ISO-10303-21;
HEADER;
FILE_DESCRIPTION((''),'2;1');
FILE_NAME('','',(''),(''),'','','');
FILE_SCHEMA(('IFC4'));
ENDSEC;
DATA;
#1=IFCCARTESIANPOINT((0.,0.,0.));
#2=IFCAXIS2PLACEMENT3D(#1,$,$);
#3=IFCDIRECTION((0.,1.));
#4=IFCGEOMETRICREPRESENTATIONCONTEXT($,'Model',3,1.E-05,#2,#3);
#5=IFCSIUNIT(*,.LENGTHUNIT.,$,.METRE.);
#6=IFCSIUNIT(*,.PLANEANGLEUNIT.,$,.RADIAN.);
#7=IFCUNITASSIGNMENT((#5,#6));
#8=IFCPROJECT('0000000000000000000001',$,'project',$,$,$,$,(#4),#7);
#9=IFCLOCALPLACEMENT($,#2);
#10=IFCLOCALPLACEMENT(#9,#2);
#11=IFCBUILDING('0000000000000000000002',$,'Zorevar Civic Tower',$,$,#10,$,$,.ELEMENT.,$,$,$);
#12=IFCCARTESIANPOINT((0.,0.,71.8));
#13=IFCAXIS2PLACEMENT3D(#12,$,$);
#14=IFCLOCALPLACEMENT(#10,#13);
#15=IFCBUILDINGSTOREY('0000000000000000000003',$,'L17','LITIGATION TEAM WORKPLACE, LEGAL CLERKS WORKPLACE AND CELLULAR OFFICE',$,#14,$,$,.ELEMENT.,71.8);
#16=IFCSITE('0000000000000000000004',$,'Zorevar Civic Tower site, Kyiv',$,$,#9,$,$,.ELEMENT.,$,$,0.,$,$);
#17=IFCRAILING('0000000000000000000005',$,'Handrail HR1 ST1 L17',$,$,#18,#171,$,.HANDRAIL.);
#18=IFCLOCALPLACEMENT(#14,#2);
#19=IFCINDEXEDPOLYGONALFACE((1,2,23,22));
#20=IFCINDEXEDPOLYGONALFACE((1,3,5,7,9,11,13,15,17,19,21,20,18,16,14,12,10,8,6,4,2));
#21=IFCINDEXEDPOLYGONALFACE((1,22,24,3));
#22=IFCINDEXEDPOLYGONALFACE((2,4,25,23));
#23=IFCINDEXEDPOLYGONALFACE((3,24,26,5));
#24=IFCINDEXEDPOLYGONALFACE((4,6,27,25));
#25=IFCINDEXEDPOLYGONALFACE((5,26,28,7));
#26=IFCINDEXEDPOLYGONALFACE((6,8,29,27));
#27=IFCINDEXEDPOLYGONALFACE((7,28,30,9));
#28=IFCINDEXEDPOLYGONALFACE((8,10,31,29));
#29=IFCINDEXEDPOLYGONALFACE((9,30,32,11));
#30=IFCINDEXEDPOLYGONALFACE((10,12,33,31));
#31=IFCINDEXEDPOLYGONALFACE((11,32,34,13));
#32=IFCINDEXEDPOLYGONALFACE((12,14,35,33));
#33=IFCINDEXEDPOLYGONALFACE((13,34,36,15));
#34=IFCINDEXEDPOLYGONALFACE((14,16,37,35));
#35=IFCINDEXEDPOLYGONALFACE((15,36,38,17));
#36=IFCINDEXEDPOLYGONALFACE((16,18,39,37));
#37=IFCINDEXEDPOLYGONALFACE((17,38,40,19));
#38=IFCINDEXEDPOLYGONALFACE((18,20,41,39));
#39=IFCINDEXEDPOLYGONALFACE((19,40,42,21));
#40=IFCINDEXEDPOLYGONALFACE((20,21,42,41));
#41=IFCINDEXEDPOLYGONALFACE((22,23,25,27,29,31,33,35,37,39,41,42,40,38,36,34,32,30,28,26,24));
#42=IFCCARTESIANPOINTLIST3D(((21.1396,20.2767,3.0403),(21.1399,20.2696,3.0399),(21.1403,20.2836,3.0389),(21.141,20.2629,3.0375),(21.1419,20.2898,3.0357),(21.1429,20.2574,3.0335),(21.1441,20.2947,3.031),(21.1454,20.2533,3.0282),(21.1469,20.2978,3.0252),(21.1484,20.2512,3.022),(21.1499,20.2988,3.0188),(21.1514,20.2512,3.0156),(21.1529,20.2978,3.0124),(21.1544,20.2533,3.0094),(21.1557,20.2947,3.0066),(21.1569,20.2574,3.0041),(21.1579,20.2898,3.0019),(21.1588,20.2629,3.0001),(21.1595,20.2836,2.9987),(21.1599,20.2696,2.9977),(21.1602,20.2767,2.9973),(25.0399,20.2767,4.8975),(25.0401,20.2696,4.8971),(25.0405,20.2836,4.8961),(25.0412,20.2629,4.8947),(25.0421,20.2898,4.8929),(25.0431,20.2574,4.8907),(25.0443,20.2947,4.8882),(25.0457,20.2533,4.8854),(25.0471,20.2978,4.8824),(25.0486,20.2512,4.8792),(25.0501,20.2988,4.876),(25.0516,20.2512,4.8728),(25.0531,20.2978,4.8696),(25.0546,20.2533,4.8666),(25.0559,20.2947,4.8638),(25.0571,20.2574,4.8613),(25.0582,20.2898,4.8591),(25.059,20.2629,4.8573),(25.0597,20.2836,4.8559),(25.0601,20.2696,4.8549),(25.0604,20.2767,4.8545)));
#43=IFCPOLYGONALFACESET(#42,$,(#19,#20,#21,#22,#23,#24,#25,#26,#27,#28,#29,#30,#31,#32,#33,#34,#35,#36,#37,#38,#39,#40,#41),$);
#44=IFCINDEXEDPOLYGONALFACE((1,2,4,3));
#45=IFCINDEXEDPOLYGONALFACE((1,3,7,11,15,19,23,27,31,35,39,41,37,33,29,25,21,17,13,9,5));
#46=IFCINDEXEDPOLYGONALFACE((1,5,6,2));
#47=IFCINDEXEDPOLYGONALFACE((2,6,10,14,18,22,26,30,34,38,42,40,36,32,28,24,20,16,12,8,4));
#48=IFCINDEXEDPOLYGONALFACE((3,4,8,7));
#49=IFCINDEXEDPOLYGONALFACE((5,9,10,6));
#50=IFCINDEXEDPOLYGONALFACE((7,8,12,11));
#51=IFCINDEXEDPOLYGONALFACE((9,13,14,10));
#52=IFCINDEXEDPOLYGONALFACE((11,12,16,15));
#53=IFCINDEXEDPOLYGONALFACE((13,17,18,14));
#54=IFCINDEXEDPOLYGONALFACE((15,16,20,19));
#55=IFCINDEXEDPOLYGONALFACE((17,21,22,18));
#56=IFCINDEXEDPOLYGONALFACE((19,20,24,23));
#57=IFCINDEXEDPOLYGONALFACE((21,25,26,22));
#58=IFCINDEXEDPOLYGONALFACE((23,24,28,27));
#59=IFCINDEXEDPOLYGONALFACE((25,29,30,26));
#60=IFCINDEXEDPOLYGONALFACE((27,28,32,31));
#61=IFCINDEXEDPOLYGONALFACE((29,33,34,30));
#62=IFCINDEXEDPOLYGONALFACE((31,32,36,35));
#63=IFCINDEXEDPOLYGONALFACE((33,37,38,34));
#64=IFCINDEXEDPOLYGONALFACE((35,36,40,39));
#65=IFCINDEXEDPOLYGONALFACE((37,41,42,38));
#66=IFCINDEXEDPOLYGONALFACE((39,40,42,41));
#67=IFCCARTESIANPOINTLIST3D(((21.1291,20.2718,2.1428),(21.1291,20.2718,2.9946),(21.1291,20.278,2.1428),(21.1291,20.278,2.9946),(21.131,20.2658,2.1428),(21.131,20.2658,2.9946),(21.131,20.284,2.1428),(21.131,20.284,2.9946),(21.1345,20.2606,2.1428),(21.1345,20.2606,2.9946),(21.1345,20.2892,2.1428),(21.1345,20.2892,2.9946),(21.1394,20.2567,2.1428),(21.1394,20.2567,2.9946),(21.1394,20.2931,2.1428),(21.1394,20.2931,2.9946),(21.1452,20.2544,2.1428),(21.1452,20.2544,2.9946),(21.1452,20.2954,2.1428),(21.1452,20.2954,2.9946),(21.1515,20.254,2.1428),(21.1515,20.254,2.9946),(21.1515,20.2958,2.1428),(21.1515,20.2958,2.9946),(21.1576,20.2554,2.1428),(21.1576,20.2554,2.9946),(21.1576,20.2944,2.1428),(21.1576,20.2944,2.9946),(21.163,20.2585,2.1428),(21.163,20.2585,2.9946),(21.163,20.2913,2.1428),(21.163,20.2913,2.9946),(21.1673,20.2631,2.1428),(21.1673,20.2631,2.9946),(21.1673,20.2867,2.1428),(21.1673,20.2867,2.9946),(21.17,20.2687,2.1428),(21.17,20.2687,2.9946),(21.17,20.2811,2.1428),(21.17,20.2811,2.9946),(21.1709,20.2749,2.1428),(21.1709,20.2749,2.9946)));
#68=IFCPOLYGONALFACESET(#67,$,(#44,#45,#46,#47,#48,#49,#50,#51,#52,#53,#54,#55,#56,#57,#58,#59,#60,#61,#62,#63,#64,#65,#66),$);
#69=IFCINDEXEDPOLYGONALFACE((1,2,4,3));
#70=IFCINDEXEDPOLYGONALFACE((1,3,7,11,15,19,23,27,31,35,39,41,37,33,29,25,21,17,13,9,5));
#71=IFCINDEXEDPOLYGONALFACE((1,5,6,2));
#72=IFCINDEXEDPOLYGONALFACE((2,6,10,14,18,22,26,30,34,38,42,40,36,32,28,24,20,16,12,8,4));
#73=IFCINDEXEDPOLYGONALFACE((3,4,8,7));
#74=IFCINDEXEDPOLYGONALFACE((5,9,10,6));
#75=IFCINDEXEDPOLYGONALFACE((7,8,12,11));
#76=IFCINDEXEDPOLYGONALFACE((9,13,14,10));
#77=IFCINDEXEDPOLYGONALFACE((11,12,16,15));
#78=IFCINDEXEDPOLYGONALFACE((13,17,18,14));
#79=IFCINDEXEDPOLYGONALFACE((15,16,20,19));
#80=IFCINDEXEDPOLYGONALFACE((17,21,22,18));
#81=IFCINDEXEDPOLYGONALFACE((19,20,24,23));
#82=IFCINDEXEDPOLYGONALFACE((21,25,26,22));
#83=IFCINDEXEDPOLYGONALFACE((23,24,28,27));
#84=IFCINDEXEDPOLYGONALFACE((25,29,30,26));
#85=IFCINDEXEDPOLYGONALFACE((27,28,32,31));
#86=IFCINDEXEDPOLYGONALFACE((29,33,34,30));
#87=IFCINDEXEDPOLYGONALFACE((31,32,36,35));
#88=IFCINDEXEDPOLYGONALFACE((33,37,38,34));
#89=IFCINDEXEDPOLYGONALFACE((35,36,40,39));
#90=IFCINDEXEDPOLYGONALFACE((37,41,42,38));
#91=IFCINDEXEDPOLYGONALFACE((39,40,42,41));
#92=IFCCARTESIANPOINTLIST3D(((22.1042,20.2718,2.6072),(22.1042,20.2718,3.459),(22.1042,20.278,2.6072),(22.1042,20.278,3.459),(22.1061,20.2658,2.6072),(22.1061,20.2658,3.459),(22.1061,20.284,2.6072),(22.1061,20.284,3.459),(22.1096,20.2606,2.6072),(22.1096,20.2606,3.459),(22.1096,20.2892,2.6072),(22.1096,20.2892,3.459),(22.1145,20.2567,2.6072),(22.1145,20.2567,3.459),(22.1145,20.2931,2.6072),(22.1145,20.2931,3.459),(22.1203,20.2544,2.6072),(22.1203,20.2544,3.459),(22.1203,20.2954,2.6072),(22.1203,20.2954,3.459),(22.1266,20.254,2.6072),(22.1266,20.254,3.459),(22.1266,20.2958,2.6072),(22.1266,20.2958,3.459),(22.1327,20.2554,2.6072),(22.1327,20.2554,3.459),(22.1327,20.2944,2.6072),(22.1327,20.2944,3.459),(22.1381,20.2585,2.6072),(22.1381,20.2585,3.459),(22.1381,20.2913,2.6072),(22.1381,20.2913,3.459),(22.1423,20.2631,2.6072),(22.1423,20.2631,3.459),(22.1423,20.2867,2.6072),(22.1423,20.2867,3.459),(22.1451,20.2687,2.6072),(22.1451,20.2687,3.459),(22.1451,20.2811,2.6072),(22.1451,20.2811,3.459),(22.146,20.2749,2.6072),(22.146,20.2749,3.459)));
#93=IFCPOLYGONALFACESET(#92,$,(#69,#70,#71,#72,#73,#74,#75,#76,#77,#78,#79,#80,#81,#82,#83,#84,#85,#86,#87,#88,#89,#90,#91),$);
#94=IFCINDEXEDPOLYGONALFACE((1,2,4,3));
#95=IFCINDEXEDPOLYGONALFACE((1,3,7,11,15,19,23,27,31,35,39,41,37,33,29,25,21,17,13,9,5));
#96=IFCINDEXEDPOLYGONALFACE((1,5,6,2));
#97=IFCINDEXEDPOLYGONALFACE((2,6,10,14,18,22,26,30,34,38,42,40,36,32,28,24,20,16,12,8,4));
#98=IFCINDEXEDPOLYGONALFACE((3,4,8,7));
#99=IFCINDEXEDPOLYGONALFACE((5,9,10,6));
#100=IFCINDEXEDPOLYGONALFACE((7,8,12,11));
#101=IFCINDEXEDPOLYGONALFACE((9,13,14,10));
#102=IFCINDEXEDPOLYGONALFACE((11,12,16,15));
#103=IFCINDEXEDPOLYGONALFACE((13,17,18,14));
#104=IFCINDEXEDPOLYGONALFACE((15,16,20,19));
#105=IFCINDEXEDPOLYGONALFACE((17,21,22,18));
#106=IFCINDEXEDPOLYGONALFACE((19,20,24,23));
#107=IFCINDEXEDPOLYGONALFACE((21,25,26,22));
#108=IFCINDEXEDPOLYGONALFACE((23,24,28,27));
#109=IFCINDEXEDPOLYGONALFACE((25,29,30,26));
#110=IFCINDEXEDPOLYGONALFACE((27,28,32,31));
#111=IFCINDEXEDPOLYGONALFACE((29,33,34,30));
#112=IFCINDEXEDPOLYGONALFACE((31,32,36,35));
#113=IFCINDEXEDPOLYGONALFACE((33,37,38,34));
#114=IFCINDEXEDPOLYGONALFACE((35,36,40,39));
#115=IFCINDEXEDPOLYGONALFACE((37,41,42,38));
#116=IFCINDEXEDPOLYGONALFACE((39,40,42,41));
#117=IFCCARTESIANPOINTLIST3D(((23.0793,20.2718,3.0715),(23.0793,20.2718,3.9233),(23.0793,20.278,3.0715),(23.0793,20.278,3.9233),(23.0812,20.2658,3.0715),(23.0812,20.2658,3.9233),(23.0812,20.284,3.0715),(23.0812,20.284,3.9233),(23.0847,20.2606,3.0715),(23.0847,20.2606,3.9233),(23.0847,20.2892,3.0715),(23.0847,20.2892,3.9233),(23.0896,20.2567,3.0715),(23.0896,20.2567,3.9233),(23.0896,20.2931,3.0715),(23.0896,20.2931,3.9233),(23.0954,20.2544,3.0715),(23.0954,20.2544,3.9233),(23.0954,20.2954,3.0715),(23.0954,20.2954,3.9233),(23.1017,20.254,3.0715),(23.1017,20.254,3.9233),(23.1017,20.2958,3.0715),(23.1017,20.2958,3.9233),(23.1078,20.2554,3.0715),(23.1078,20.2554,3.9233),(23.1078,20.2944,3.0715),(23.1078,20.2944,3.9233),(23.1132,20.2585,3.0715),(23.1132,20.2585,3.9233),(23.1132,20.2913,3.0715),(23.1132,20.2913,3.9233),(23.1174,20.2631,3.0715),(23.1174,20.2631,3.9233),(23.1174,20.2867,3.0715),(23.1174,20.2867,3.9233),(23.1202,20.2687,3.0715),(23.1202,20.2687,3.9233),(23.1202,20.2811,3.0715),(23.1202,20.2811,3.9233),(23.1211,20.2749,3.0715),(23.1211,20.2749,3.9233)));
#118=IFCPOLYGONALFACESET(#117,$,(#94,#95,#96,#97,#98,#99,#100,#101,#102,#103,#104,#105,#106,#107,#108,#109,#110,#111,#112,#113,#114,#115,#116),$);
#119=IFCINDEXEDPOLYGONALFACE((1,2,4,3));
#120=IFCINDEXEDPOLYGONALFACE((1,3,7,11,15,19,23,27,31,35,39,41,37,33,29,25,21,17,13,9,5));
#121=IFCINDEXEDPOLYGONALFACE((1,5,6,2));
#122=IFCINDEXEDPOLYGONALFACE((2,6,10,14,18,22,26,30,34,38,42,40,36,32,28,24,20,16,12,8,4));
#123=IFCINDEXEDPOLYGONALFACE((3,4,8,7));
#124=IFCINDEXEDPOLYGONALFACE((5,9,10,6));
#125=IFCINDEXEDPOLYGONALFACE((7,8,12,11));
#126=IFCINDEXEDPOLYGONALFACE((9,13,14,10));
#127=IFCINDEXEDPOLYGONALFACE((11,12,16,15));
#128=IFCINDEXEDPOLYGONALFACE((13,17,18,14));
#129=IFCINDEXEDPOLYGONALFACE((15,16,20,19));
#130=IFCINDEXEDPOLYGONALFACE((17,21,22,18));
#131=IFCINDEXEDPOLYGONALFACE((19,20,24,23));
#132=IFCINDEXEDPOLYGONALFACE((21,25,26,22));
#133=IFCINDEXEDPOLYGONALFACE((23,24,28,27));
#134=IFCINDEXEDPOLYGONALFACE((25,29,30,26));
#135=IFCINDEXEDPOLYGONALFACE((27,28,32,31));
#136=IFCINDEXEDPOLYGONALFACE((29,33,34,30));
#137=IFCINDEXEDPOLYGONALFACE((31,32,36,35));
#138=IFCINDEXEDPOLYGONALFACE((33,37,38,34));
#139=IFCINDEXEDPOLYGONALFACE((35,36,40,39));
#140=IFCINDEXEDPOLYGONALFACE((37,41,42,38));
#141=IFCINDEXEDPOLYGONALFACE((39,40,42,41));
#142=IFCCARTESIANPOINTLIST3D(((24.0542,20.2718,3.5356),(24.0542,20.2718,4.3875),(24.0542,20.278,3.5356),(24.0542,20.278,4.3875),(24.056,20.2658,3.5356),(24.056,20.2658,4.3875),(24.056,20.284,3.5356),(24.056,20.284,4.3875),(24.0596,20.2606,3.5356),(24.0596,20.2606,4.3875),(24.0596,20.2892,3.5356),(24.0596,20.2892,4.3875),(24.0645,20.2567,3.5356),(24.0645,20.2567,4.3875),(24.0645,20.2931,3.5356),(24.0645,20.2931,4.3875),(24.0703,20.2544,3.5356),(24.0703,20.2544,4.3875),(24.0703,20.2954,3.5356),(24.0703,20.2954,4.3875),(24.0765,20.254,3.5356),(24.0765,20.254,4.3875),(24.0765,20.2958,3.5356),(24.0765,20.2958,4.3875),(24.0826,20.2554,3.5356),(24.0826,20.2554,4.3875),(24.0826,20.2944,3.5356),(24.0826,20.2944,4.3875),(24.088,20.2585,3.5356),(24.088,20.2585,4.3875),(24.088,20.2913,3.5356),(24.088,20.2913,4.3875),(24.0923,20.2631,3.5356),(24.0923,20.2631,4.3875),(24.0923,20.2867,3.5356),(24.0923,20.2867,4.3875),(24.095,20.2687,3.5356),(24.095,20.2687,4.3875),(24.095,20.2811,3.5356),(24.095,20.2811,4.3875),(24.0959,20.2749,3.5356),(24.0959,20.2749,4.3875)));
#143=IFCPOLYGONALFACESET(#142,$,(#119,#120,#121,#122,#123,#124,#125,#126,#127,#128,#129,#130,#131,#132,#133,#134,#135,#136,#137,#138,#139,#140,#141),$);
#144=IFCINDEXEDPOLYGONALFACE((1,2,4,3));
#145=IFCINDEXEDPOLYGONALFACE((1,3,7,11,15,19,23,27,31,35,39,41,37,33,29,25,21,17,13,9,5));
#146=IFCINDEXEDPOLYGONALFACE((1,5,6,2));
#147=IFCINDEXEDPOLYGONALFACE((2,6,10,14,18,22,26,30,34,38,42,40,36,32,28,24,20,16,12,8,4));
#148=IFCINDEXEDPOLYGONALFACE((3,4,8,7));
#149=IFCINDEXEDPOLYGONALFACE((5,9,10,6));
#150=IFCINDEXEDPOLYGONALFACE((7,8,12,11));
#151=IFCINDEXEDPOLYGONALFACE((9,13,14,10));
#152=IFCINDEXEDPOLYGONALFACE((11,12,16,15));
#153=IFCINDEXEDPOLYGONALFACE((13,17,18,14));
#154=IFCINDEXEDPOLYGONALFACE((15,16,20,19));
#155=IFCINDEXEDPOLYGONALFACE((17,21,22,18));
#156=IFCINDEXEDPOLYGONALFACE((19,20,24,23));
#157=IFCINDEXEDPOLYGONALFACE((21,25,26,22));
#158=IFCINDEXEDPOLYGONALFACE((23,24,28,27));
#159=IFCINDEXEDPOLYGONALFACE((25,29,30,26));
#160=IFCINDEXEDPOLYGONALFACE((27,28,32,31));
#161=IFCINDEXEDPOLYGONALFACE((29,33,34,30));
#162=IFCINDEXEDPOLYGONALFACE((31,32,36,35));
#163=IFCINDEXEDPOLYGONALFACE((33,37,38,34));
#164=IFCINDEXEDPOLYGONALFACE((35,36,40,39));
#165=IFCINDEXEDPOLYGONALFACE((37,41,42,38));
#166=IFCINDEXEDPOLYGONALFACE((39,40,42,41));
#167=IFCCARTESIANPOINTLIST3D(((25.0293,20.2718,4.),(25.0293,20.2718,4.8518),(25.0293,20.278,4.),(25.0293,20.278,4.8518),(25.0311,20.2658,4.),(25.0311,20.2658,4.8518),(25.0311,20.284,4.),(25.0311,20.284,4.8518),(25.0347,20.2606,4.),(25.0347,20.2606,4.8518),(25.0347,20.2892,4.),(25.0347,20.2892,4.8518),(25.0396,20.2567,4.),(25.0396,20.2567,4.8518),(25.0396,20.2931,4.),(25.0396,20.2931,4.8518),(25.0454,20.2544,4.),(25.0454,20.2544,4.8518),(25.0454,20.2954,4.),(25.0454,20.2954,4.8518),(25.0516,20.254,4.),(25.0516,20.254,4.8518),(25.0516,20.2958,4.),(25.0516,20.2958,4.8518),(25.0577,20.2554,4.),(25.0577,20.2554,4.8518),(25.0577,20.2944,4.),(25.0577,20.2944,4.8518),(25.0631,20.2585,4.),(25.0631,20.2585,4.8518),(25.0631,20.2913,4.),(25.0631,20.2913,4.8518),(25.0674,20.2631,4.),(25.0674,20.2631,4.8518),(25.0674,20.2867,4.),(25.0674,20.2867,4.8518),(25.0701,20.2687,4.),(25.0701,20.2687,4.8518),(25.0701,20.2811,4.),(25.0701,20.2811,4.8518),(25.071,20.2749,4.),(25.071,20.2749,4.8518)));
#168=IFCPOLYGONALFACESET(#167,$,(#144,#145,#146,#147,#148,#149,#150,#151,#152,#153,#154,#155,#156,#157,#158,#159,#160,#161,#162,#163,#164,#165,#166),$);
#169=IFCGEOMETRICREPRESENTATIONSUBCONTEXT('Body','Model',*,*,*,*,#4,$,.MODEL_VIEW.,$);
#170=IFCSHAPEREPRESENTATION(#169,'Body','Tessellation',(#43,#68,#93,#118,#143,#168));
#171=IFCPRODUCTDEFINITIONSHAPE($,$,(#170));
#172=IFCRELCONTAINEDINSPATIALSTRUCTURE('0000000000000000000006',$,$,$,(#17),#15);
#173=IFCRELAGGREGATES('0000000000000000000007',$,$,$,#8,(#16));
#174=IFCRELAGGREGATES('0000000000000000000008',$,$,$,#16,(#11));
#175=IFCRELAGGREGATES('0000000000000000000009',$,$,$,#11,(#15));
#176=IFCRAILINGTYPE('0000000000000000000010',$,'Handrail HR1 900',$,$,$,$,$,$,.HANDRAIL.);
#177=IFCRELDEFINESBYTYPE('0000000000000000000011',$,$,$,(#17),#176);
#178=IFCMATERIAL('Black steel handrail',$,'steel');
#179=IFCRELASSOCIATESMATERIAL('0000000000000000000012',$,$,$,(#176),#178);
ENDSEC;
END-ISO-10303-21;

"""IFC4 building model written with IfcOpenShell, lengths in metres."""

from ifc_helpers import new_model, si_unit, direction, frame, origin, origin_2d, place, context, subcontext, project, spatial, circle, extrude, material, type_object, element, save


model = new_model("IFC4")

# Units and contexts
model_context = context("Model", 3, precision=1e-05, world=origin(), true_north=direction((0.0, 1.0)))
body_context = subcontext(model_context, "Body", "Model", "MODEL_VIEW")
ifc_project = project(units=[si_unit("LENGTHUNIT", "METRE"), si_unit("PLANEANGLEUNIT", "RADIAN")], contexts=[model_context])

# Site, building, storey
site_placement = place(None, origin())
site = spatial("IfcSite", under=ifc_project, at=site_placement, Name="Zorevar Civic Tower site, Kyiv", CompositionType="ELEMENT", RefElevation=0.0)
building_placement = place(site_placement, origin())
building = spatial("IfcBuilding", under=site, at=building_placement, Name="Zorevar Civic Tower", CompositionType="ELEMENT")
storey_placement = place(building_placement, frame((0.0, 0.0, 71.8)))
storey = spatial("IfcBuildingStorey", under=building, at=storey_placement, Name="L17", Description="LITIGATION TEAM WORKPLACE, LEGAL CLERKS WORKPLACE AND CELLULAR OFFICE", CompositionType="ELEMENT", Elevation=71.8)

# Railing
ifc_material_1 = material(Name="Black steel handrail", Category="steel")
railing_type = type_object("IfcRailingType", Name="Handrail HR1 900", PredefinedType="HANDRAIL", material=ifc_material_1)
railing_1_placement = place(storey_placement, frame((21.1499, 20.2749, 2.1428)))
element("IfcRailing", 1, at=railing_1_placement, inside=storey, type_object=railing_type, Name="Handrail HR1 ST1 L17", PredefinedType="HANDRAIL", context=body_context, shape_type="SweptSolid", body=[
    extrude(circle(Radius=0.0239, at=origin_2d()), frame((0.0, 0.0, 0.876), z_axis=(0.902864, 0.0, 0.429927), x_axis=(0.0, 1.0, 0.0)), (0.0, 0.0, 1.0), 4.3198),
    extrude(circle(Radius=0.021, at=origin_2d()), origin(), (0.0, 0.0, 1.0), 0.8518),
    extrude(circle(Radius=0.021, at=origin_2d()), frame((0.9751, 0.0, 0.4644)), (0.0, 0.0, 1.0), 0.8518),
    extrude(circle(Radius=0.021, at=origin_2d()), frame((1.9502, 0.0, 0.9287)), (0.0, 0.0, 1.0), 0.8518),
    extrude(circle(Radius=0.021, at=origin_2d()), frame((2.925, 0.0, 1.3928)), (0.0, 0.0, 1.0), 0.8518),
    extrude(circle(Radius=0.021, at=origin_2d()), frame((3.9001, 0.0, 1.8572)), (0.0, 0.0, 1.0), 0.8518),
])

save(model, "model.ifc")
